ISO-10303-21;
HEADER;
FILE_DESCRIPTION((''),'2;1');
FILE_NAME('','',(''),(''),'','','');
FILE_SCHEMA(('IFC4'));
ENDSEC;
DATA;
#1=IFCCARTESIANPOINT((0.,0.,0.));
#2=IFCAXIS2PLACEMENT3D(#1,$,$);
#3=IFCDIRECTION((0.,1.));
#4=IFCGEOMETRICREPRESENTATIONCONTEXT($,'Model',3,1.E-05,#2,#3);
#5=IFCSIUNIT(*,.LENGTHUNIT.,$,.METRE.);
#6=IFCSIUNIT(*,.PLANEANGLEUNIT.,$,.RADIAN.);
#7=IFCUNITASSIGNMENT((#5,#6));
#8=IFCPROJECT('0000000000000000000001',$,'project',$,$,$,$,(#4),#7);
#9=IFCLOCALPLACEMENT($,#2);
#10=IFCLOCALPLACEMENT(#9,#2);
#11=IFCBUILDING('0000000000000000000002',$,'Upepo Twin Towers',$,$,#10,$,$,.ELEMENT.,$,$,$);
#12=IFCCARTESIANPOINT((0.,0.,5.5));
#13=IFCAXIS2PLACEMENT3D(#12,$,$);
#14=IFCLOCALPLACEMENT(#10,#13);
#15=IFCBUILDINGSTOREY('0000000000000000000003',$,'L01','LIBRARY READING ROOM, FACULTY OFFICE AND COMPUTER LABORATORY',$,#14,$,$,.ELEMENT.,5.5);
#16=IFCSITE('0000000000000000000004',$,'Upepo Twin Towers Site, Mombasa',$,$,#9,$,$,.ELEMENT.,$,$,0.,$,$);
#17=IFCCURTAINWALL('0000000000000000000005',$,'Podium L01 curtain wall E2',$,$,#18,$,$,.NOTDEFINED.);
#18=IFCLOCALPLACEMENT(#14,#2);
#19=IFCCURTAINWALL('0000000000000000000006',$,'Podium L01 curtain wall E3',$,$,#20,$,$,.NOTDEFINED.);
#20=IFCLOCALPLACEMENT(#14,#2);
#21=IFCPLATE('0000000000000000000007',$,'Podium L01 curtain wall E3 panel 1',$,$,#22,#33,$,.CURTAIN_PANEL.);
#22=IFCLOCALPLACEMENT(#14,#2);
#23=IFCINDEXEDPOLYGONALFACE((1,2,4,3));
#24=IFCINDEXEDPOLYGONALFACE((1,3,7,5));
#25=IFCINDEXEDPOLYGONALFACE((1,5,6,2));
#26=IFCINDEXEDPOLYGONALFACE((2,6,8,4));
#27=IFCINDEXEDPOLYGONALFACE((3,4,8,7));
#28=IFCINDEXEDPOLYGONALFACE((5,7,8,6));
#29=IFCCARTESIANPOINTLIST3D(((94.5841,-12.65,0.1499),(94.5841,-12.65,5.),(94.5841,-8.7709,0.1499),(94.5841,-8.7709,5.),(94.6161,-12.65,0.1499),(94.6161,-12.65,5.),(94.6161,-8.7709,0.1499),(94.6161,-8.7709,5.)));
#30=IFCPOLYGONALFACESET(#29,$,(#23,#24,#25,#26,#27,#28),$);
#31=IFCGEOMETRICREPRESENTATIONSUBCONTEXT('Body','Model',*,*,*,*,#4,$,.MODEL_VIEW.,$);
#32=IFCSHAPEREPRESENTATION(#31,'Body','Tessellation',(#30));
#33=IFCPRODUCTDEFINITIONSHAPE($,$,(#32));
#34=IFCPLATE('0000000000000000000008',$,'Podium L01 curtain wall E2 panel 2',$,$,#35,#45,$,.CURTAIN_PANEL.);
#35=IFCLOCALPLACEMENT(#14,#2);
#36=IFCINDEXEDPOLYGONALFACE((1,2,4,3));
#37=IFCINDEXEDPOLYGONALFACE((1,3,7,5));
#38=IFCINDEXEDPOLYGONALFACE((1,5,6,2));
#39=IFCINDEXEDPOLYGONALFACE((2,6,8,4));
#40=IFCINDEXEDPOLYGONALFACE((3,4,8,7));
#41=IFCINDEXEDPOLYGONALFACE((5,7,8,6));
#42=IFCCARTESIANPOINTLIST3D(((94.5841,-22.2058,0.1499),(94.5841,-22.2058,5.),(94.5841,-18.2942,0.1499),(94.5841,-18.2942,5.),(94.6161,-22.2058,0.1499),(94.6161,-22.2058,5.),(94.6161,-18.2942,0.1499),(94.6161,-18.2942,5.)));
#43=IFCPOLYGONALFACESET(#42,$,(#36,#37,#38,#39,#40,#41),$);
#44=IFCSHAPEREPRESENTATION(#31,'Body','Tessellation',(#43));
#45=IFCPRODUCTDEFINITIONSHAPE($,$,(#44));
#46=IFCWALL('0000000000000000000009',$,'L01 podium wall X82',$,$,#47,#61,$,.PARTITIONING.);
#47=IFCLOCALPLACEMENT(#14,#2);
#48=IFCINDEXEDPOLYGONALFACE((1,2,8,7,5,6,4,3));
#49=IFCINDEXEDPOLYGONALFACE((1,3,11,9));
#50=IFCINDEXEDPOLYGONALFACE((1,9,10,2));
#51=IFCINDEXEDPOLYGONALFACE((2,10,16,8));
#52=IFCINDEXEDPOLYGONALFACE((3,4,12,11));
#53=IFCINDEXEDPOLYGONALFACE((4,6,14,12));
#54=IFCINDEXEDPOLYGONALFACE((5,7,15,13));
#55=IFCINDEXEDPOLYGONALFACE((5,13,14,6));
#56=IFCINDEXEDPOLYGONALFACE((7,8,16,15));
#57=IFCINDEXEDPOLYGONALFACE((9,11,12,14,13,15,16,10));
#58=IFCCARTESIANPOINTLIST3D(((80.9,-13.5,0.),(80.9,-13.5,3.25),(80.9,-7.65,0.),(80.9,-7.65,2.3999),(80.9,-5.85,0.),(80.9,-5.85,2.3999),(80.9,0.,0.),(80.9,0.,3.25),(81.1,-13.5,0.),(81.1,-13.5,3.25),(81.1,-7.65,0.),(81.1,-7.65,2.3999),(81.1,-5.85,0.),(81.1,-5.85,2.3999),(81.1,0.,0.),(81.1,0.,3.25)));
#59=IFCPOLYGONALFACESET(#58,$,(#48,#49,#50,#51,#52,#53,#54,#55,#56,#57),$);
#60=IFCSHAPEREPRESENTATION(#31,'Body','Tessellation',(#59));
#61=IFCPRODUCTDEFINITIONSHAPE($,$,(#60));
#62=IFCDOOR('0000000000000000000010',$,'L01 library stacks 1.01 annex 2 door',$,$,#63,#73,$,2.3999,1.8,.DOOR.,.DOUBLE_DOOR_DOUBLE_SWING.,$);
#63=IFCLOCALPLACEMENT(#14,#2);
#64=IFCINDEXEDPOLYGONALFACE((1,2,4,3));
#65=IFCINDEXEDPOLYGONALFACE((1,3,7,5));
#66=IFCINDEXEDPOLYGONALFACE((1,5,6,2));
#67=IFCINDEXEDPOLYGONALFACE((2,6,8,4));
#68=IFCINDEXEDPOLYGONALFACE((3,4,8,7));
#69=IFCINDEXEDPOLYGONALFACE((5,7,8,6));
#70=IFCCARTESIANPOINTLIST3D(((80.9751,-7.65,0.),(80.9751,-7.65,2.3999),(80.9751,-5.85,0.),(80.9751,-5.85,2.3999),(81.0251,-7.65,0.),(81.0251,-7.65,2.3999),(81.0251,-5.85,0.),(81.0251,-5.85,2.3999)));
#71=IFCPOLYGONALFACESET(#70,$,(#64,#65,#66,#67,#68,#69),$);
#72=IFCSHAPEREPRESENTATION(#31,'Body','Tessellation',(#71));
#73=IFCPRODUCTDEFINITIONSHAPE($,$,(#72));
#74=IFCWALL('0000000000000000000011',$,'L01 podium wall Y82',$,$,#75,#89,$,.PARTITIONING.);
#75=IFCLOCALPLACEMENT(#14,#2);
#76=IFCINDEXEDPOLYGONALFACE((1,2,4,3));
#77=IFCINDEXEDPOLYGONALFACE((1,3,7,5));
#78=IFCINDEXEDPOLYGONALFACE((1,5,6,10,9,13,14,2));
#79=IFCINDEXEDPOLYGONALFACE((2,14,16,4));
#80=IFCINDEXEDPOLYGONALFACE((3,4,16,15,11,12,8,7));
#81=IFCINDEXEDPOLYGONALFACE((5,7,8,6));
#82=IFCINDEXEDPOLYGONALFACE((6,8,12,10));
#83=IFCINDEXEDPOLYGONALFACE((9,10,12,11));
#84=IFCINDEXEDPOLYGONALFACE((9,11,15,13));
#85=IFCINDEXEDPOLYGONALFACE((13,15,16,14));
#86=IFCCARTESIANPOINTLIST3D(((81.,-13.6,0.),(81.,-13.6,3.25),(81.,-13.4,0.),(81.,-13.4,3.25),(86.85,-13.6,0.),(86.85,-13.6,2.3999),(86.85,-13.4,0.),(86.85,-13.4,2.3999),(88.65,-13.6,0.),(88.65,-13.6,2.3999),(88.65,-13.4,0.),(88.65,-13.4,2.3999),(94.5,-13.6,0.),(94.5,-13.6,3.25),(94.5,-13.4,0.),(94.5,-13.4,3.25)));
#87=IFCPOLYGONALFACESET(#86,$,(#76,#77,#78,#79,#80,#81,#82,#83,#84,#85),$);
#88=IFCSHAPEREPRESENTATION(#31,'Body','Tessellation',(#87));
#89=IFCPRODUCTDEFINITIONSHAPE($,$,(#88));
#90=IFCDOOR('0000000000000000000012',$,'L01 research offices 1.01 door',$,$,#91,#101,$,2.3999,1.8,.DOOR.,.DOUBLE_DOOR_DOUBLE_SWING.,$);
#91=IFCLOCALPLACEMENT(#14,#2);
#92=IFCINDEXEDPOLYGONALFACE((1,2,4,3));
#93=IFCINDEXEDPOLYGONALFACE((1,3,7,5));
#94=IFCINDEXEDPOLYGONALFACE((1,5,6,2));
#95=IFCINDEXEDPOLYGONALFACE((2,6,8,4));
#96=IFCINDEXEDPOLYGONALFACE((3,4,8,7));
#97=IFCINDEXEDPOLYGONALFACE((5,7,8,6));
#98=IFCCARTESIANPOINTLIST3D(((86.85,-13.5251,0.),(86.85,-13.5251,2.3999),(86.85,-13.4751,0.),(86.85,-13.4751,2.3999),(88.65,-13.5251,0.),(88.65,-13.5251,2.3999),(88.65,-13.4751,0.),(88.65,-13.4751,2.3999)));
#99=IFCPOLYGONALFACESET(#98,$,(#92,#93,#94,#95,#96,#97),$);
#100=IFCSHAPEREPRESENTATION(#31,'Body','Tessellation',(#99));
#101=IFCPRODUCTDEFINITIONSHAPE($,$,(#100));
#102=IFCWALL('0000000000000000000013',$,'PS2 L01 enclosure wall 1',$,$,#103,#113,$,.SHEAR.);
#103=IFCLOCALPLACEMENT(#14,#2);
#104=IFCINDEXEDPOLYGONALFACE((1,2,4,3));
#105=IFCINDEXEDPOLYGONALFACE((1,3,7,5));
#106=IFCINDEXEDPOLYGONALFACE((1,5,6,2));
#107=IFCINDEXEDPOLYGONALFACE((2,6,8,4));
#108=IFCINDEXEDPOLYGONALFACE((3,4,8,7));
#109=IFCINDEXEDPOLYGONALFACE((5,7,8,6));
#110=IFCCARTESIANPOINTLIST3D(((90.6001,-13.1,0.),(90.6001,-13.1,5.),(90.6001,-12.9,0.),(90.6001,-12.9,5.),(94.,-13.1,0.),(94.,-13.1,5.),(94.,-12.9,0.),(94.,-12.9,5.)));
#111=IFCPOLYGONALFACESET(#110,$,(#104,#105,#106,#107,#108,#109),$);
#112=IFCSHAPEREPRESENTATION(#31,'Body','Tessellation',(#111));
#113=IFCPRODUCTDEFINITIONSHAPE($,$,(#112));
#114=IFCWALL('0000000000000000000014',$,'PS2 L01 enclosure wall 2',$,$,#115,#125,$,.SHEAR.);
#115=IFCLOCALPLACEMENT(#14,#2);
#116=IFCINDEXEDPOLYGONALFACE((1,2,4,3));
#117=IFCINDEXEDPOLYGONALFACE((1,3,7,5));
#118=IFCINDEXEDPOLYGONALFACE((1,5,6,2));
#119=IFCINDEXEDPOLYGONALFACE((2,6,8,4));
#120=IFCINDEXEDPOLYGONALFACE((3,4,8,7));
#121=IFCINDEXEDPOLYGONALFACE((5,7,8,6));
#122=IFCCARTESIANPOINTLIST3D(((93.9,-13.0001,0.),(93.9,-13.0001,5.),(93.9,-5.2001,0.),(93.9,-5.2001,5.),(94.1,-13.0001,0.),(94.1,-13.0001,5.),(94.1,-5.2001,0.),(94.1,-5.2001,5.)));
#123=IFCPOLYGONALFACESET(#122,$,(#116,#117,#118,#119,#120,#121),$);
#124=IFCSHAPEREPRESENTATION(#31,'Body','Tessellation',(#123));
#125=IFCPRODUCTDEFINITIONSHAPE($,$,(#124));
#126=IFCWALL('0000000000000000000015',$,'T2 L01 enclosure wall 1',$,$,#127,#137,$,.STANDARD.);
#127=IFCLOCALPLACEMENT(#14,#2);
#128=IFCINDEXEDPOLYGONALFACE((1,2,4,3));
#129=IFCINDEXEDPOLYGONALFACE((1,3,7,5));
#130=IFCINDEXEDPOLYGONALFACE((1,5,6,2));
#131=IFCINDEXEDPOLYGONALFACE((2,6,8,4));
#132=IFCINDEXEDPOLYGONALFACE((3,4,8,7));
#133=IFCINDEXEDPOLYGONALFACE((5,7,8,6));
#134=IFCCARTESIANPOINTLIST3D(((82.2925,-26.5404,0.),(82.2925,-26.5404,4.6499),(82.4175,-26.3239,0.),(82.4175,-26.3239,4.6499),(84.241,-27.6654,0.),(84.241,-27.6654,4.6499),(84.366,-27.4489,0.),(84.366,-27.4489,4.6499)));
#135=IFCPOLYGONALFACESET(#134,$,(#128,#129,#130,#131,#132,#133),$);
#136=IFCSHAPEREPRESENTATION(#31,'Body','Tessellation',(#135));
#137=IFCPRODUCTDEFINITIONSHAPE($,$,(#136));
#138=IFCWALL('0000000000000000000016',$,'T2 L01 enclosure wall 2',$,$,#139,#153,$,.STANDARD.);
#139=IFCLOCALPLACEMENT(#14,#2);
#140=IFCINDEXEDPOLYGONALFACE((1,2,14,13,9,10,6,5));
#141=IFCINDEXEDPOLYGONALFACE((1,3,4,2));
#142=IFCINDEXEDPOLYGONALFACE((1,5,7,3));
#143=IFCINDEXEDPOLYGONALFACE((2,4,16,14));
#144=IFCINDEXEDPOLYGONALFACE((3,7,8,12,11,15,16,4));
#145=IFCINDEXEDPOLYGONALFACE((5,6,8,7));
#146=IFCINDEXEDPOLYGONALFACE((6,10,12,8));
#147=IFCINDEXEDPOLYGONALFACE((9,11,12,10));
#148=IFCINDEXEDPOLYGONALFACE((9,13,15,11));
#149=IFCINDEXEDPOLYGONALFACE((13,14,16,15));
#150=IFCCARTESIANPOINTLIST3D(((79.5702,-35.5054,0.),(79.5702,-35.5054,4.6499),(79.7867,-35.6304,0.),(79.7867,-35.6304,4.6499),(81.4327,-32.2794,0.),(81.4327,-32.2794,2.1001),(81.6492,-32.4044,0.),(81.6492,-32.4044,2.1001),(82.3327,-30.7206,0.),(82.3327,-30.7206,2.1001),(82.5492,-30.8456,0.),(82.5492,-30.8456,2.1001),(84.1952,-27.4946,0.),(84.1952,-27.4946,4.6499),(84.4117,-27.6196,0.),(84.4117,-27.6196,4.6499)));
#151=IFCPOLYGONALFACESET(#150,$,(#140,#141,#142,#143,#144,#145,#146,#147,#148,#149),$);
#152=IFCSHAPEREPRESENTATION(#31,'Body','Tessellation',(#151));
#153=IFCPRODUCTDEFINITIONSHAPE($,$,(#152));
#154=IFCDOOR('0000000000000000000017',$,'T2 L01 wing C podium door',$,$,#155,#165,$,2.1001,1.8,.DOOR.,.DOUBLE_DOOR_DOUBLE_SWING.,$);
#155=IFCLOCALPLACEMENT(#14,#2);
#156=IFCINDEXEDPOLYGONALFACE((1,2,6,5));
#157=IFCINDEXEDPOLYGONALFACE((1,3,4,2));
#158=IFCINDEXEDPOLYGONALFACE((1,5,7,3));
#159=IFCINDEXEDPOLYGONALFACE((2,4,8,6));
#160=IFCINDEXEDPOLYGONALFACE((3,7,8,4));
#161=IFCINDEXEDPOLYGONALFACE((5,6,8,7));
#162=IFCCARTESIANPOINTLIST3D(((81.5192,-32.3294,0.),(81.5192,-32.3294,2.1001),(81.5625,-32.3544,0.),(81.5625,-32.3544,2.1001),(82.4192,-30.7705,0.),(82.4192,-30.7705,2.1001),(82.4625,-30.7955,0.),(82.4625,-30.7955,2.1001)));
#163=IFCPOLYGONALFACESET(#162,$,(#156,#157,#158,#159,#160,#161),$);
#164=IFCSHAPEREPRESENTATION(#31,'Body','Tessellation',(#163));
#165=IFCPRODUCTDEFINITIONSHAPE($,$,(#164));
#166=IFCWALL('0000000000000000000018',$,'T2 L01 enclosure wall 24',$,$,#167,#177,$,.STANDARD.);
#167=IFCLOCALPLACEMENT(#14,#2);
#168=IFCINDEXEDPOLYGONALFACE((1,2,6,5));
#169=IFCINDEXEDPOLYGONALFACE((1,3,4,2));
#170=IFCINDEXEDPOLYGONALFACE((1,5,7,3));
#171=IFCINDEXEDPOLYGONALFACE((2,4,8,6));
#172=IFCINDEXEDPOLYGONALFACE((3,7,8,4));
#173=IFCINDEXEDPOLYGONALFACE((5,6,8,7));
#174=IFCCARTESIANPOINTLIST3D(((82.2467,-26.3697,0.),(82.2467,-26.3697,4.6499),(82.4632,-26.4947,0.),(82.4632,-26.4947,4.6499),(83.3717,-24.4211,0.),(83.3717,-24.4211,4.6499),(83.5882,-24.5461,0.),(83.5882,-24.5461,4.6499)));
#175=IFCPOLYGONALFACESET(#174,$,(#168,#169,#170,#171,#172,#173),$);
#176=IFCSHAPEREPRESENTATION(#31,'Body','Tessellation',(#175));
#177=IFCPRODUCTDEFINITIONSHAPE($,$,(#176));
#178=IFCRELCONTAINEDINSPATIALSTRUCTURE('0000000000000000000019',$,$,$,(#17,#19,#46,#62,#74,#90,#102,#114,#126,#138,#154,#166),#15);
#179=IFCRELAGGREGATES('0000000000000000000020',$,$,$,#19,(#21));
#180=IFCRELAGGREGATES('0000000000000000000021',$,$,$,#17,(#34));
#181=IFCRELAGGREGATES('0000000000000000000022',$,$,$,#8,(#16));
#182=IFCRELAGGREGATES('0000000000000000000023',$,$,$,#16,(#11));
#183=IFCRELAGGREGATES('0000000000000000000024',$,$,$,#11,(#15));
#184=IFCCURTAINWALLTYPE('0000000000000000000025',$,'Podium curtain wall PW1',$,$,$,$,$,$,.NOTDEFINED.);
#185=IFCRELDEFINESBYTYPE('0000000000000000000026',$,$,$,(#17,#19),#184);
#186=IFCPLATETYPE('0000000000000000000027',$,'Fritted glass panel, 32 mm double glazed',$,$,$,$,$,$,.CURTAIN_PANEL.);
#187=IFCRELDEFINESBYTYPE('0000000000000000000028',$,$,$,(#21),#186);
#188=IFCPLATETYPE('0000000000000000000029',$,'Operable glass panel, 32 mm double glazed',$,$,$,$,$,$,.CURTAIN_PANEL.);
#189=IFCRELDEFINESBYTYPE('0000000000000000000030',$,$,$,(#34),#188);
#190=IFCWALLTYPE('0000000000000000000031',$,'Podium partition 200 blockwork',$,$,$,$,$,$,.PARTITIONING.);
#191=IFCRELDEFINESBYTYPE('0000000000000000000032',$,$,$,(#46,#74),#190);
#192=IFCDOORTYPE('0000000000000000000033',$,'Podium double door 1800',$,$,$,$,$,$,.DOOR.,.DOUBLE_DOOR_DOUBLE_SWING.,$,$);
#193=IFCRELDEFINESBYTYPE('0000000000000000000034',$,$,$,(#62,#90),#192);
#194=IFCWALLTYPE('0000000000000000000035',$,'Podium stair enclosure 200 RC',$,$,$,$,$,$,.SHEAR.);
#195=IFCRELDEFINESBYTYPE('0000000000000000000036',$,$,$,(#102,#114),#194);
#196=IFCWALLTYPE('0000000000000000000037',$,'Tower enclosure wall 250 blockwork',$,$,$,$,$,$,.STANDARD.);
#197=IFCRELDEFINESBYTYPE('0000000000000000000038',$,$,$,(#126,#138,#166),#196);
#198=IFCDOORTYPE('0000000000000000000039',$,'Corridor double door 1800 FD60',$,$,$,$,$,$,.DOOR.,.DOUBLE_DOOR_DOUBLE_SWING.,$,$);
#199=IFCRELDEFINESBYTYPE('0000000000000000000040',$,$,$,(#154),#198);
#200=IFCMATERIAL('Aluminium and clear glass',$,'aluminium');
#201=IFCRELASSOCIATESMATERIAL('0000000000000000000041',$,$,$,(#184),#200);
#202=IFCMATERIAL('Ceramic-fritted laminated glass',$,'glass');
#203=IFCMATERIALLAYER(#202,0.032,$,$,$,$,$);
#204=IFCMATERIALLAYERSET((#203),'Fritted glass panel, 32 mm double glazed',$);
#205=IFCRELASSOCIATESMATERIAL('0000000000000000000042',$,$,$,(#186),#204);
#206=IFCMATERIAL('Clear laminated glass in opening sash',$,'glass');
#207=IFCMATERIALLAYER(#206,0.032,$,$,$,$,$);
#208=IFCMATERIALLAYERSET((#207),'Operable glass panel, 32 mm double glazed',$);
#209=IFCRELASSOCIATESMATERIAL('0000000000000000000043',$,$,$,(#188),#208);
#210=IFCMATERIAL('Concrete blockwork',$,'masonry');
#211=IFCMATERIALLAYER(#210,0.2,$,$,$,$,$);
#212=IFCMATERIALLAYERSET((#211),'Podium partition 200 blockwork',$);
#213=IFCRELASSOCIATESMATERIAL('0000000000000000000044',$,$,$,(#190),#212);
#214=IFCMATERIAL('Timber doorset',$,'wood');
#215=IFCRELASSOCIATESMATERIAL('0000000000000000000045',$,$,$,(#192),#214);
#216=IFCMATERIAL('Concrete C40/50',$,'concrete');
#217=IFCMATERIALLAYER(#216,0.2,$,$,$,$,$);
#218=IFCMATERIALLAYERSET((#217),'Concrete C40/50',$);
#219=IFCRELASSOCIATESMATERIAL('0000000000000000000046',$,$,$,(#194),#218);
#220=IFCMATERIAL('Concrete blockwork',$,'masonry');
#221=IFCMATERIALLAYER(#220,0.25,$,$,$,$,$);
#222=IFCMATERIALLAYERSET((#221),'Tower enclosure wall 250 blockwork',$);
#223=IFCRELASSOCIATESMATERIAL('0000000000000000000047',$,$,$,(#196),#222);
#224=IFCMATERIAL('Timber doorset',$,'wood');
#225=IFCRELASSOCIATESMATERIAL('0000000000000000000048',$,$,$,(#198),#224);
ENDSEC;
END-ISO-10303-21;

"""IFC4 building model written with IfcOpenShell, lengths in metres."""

from ifc_helpers import new_model, si_unit, direction, frame, frame_2d, origin, origin_2d, place, context, subcontext, project, spatial, rectangle, extrude, material, layer, layer_set, type_object, element, fill, aggregate, save


model = new_model("IFC4")

# Units and contexts
model_context = context("Model", 3, precision=1e-05, world=origin(), true_north=direction((0.0, 1.0)))
body_context = subcontext(model_context, "Body", "Model", "MODEL_VIEW")
ifc_project = project(units=[si_unit("LENGTHUNIT", "METRE"), si_unit("PLANEANGLEUNIT", "RADIAN")], contexts=[model_context])

# Site, building, storey
site_placement = place(None, origin())
site = spatial("IfcSite", under=ifc_project, at=site_placement, Name="Upepo Twin Towers Site, Mombasa", CompositionType="ELEMENT", RefElevation=0.0)
building_placement = place(site_placement, origin())
building = spatial("IfcBuilding", under=site, at=building_placement, Name="Upepo Twin Towers", CompositionType="ELEMENT")
storey_placement = place(building_placement, frame((0.0, 0.0, 5.5)))
storey = spatial("IfcBuildingStorey", under=building, at=storey_placement, Name="L01", Description="LIBRARY READING ROOM, FACULTY OFFICE AND COMPUTER LABORATORY", CompositionType="ELEMENT", Elevation=5.5)

# Shared definitions
ifc_material_1 = material(Name="Aluminium and clear glass", Category="aluminium")
curtain_wall_type = type_object("IfcCurtainWallType", Name="Podium curtain wall PW1", PredefinedType="NOTDEFINED", material=ifc_material_1)

# Curtain walls
curtain_wall_1_placement = place(storey_placement, origin())
curtain_wall_1 = element("IfcCurtainWall", 1, at=curtain_wall_1_placement, inside=storey, type_object=curtain_wall_type, Name="Podium L01 curtain wall E2", PredefinedType="NOTDEFINED")
curtain_wall_2_placement = place(storey_placement, origin())
curtain_wall_2 = element("IfcCurtainWall", 2, at=curtain_wall_2_placement, inside=storey, type_object=curtain_wall_type, Name="Podium L01 curtain wall E3", PredefinedType="NOTDEFINED")

# Plates
ifc_material_2 = material(Name="Ceramic-fritted laminated glass", Category="glass")
ifc_layer_1 = layer(ifc_material_2, 0.032)
ifc_layer_set_1 = layer_set([ifc_layer_1], Name="Fritted glass panel, 32 mm double glazed")
plate_type_1 = type_object("IfcPlateType", Name="Fritted glass panel, 32 mm double glazed", PredefinedType="CURTAIN_PANEL", material=ifc_layer_set_1)
plate_1_placement = place(storey_placement, frame((94.6001, -10.7104, 0.1499), z_axis=(0.0, 0.0, 1.0), x_axis=(0.0, 1.0, 0.0)))
plate_1 = element("IfcPlate", 3, at=plate_1_placement, type_object=plate_type_1, Name="Podium L01 curtain wall E3 panel 1", PredefinedType="CURTAIN_PANEL", context=body_context, shape_type="SweptSolid", body=[
    extrude(rectangle(XDim=3.8792, YDim=0.032, at=origin_2d()), origin(), (0.0, 0.0, 1.0), 4.8501),
])
aggregate(curtain_wall_2, [plate_1])
ifc_material_3 = material(Name="Clear laminated glass in opening sash", Category="glass")
ifc_layer_2 = layer(ifc_material_3, 0.032)
ifc_layer_set_2 = layer_set([ifc_layer_2], Name="Operable glass panel, 32 mm double glazed")
plate_type_2 = type_object("IfcPlateType", Name="Operable glass panel, 32 mm double glazed", PredefinedType="CURTAIN_PANEL", material=ifc_layer_set_2)
plate_2_placement = place(storey_placement, frame((94.6001, -20.25, 0.1499), z_axis=(0.0, 0.0, 1.0), x_axis=(0.0, 1.0, 0.0)))
plate_2 = element("IfcPlate", 4, at=plate_2_placement, type_object=plate_type_2, Name="Podium L01 curtain wall E2 panel 2", PredefinedType="CURTAIN_PANEL", context=body_context, shape_type="SweptSolid", body=[
    extrude(rectangle(XDim=3.9116, YDim=0.032, at=origin_2d()), origin(), (0.0, 0.0, 1.0), 4.8501),
])
aggregate(curtain_wall_1, [plate_2])

# Walls, openings, doors
ifc_material_4 = material(Name="Concrete blockwork", Category="masonry")
ifc_layer_3 = layer(ifc_material_4, 0.2)
ifc_layer_set_3 = layer_set([ifc_layer_3], Name="Podium partition 200 blockwork")
wall_type_1 = type_object("IfcWallType", Name="Podium partition 200 blockwork", PredefinedType="PARTITIONING", material=ifc_layer_set_3)
wall_1_placement = place(storey_placement, frame((81.0, -13.5, 0.0), z_axis=(0.0, 0.0, 1.0), x_axis=(0.0, 1.0, 0.0)))
wall_1 = element("IfcWall", 5, at=wall_1_placement, inside=storey, type_object=wall_type_1, Name="L01 podium wall X82", PredefinedType="PARTITIONING", context=body_context, shape_type="SweptSolid", body=[
    extrude(rectangle(XDim=13.5, YDim=0.2, at=frame_2d((6.75, 0.0))), origin(), (0.0, 0.0, 1.0), 3.25),
])
opening_1_placement = place(wall_1_placement, frame((5.8501, 0.0, 0.0)))
opening_1 = element("IfcOpeningElement", 6, at=opening_1_placement, cuts=wall_1, PredefinedType="OPENING", context=body_context, shape_type="SweptSolid", body=[
    extrude(rectangle(XDim=1.8, YDim=2.3999, at=frame_2d((0.8999, 1.2))), frame((0.0, 0.1099, 0.0), z_axis=(0.0, -1.0, 0.0), x_axis=(1.0, 0.0, 0.0)), (0.0, 0.0, 1.0), 0.22),
])
ifc_material_5 = material(Name="Timber doorset", Category="wood")
door_type_1 = type_object("IfcDoorType", Name="Podium double door 1800", OperationType="DOUBLE_DOOR_DOUBLE_SWING", PredefinedType="DOOR", material=ifc_material_5)
door_1_placement = place(opening_1_placement, origin())
door_1 = element("IfcDoor", 7, at=door_1_placement, inside=storey, type_object=door_type_1, Name="L01 library stacks 1.01 annex 2 door", OperationType="DOUBLE_DOOR_DOUBLE_SWING", OverallHeight=2.3999, OverallWidth=1.8, PredefinedType="DOOR", context=body_context, shape_type="SweptSolid", body=[
    extrude(rectangle(XDim=1.8, YDim=2.3999, at=frame_2d((0.8999, 1.2))), frame((0.0, 0.0249, 0.0), z_axis=(0.0, -1.0, 0.0), x_axis=(1.0, 0.0, 0.0)), (0.0, 0.0, 1.0), 0.05),
])
fill(opening_1, door_1)
wall_2_placement = place(storey_placement, frame((81.0, -13.5, 0.0), z_axis=(0.0, 0.0, 1.0), x_axis=(1.0, 0.0, 0.0)))
wall_2 = element("IfcWall", 8, at=wall_2_placement, inside=storey, type_object=wall_type_1, Name="L01 podium wall Y82", PredefinedType="PARTITIONING", context=body_context, shape_type="SweptSolid", body=[
    extrude(rectangle(XDim=13.5, YDim=0.2, at=frame_2d((6.75, 0.0))), origin(), (0.0, 0.0, 1.0), 3.25),
])
opening_2_placement = place(wall_2_placement, frame((5.8501, 0.0, 0.0)))
opening_2 = element("IfcOpeningElement", 9, at=opening_2_placement, cuts=wall_2, PredefinedType="OPENING", context=body_context, shape_type="SweptSolid", body=[
    extrude(rectangle(XDim=1.8, YDim=2.3999, at=frame_2d((0.8999, 1.2))), frame((0.0, 0.1099, 0.0), z_axis=(0.0, -1.0, 0.0), x_axis=(1.0, 0.0, 0.0)), (0.0, 0.0, 1.0), 0.22),
])
door_2_placement = place(opening_2_placement, origin())
door_2 = element("IfcDoor", 10, at=door_2_placement, inside=storey, type_object=door_type_1, Name="L01 research offices 1.01 door", OperationType="DOUBLE_DOOR_DOUBLE_SWING", OverallHeight=2.3999, OverallWidth=1.8, PredefinedType="DOOR", context=body_context, shape_type="SweptSolid", body=[
    extrude(rectangle(XDim=1.8, YDim=2.3999, at=frame_2d((0.8999, 1.2))), frame((0.0, 0.0249, 0.0), z_axis=(0.0, -1.0, 0.0), x_axis=(1.0, 0.0, 0.0)), (0.0, 0.0, 1.0), 0.05),
])
fill(opening_2, door_2)

# Walls
ifc_material_6 = material(Name="Concrete C40/50", Category="concrete")
ifc_layer_4 = layer(ifc_material_6, 0.2)
ifc_layer_set_4 = layer_set([ifc_layer_4], Name="Concrete C40/50")
wall_type_2 = type_object("IfcWallType", Name="Podium stair enclosure 200 RC", PredefinedType="SHEAR", material=ifc_layer_set_4)
wall_3_placement = place(storey_placement, frame((90.6001, -13.0, 0.0), z_axis=(0.0, 0.0, 1.0), x_axis=(1.0, 0.0, 0.0)))
element("IfcWall", 11, at=wall_3_placement, inside=storey, type_object=wall_type_2, Name="PS2 L01 enclosure wall 1", PredefinedType="SHEAR", context=body_context, shape_type="SweptSolid", body=[
    extrude(rectangle(XDim=3.3999, YDim=0.2, at=frame_2d((1.7, 0.0))), origin(), (0.0, 0.0, 1.0), 5.0),
])
wall_4_placement = place(storey_placement, frame((94.0, -13.0, 0.0), z_axis=(0.0, 0.0, 1.0), x_axis=(0.0, 1.0, 0.0)))
element("IfcWall", 12, at=wall_4_placement, inside=storey, type_object=wall_type_2, Name="PS2 L01 enclosure wall 2", PredefinedType="SHEAR", context=body_context, shape_type="SweptSolid", body=[
    extrude(rectangle(XDim=7.8, YDim=0.2, at=frame_2d((3.8999, 0.0))), origin(), (0.0, 0.0, 1.0), 5.0),
])
ifc_material_7 = material(Name="Concrete blockwork", Category="masonry")
ifc_layer_5 = layer(ifc_material_7, 0.25)
ifc_layer_set_5 = layer_set([ifc_layer_5], Name="Tower enclosure wall 250 blockwork")
wall_type_3 = type_object("IfcWallType", Name="Tower enclosure wall 250 blockwork", PredefinedType="STANDARD", material=ifc_layer_set_5)
wall_5_placement = place(storey_placement, frame((82.355, -26.4321, 0.0), z_axis=(0.0, 0.0, 1.0), x_axis=(0.866018, -0.500014, 0.0)))
element("IfcWall", 13, at=wall_5_placement, inside=storey, type_object=wall_type_3, Name="T2 L01 enclosure wall 1", PredefinedType="STANDARD", context=body_context, shape_type="SweptSolid", body=[
    extrude(rectangle(XDim=2.25, YDim=0.25, at=frame_2d((1.125, 0.0))), origin(), (0.0, 0.0, 1.0), 4.6499),
])

# Wall, opening, door
wall_6_placement = place(storey_placement, frame((84.3035, -27.5571, 0.0), z_axis=(0.0, 0.0, 1.0), x_axis=(-0.5, -0.866026, 0.0)))
wall_6 = element("IfcWall", 14, at=wall_6_placement, inside=storey, type_object=wall_type_3, Name="T2 L01 enclosure wall 2", PredefinedType="STANDARD", context=body_context, shape_type="SweptSolid", body=[
    extrude(rectangle(XDim=9.25, YDim=0.25, at=frame_2d((4.625, 0.0))), origin(), (0.0, 0.0, 1.0), 4.6499),
])
opening_3_placement = place(wall_6_placement, frame((3.7251, 0.0, 0.0)))
opening_3 = element("IfcOpeningElement", 15, at=opening_3_placement, cuts=wall_6, PredefinedType="OPENING", context=body_context, shape_type="SweptSolid", body=[
    extrude(rectangle(XDim=1.8, YDim=2.1001, at=frame_2d((0.8999, 1.05))), frame((0.0, 0.135, 0.0), z_axis=(0.0, -1.0, 0.0), x_axis=(1.0, 0.0, 0.0)), (0.0, 0.0, 1.0), 0.27),
])
ifc_material_8 = material(Name="Timber doorset", Category="wood")
door_type_2 = type_object("IfcDoorType", Name="Corridor double door 1800 FD60", OperationType="DOUBLE_DOOR_DOUBLE_SWING", PredefinedType="DOOR", material=ifc_material_8)
door_3_placement = place(opening_3_placement, origin())
door_3 = element("IfcDoor", 16, at=door_3_placement, inside=storey, type_object=door_type_2, Name="T2 L01 wing C podium door", OperationType="DOUBLE_DOOR_DOUBLE_SWING", OverallHeight=2.1001, OverallWidth=1.8, PredefinedType="DOOR", context=body_context, shape_type="SweptSolid", body=[
    extrude(rectangle(XDim=1.8, YDim=2.1001, at=frame_2d((0.8999, 1.05))), frame((0.0, 0.0249, 0.0), z_axis=(0.0, -1.0, 0.0), x_axis=(1.0, 0.0, 0.0)), (0.0, 0.0, 1.0), 0.05),
])
fill(opening_3, door_3)

# Wall
wall_7_placement = place(storey_placement, frame((83.48, -24.4836, 0.0), z_axis=(0.0, 0.0, 1.0), x_axis=(-0.500014, -0.866018, 0.0)))
element("IfcWall", 17, at=wall_7_placement, inside=storey, type_object=wall_type_3, Name="T2 L01 enclosure wall 24", PredefinedType="STANDARD", context=body_context, shape_type="SweptSolid", body=[
    extrude(rectangle(XDim=2.25, YDim=0.25, at=frame_2d((1.125, 0.0))), origin(), (0.0, 0.0, 1.0), 4.6499),
])

save(model, "model.ifc")
